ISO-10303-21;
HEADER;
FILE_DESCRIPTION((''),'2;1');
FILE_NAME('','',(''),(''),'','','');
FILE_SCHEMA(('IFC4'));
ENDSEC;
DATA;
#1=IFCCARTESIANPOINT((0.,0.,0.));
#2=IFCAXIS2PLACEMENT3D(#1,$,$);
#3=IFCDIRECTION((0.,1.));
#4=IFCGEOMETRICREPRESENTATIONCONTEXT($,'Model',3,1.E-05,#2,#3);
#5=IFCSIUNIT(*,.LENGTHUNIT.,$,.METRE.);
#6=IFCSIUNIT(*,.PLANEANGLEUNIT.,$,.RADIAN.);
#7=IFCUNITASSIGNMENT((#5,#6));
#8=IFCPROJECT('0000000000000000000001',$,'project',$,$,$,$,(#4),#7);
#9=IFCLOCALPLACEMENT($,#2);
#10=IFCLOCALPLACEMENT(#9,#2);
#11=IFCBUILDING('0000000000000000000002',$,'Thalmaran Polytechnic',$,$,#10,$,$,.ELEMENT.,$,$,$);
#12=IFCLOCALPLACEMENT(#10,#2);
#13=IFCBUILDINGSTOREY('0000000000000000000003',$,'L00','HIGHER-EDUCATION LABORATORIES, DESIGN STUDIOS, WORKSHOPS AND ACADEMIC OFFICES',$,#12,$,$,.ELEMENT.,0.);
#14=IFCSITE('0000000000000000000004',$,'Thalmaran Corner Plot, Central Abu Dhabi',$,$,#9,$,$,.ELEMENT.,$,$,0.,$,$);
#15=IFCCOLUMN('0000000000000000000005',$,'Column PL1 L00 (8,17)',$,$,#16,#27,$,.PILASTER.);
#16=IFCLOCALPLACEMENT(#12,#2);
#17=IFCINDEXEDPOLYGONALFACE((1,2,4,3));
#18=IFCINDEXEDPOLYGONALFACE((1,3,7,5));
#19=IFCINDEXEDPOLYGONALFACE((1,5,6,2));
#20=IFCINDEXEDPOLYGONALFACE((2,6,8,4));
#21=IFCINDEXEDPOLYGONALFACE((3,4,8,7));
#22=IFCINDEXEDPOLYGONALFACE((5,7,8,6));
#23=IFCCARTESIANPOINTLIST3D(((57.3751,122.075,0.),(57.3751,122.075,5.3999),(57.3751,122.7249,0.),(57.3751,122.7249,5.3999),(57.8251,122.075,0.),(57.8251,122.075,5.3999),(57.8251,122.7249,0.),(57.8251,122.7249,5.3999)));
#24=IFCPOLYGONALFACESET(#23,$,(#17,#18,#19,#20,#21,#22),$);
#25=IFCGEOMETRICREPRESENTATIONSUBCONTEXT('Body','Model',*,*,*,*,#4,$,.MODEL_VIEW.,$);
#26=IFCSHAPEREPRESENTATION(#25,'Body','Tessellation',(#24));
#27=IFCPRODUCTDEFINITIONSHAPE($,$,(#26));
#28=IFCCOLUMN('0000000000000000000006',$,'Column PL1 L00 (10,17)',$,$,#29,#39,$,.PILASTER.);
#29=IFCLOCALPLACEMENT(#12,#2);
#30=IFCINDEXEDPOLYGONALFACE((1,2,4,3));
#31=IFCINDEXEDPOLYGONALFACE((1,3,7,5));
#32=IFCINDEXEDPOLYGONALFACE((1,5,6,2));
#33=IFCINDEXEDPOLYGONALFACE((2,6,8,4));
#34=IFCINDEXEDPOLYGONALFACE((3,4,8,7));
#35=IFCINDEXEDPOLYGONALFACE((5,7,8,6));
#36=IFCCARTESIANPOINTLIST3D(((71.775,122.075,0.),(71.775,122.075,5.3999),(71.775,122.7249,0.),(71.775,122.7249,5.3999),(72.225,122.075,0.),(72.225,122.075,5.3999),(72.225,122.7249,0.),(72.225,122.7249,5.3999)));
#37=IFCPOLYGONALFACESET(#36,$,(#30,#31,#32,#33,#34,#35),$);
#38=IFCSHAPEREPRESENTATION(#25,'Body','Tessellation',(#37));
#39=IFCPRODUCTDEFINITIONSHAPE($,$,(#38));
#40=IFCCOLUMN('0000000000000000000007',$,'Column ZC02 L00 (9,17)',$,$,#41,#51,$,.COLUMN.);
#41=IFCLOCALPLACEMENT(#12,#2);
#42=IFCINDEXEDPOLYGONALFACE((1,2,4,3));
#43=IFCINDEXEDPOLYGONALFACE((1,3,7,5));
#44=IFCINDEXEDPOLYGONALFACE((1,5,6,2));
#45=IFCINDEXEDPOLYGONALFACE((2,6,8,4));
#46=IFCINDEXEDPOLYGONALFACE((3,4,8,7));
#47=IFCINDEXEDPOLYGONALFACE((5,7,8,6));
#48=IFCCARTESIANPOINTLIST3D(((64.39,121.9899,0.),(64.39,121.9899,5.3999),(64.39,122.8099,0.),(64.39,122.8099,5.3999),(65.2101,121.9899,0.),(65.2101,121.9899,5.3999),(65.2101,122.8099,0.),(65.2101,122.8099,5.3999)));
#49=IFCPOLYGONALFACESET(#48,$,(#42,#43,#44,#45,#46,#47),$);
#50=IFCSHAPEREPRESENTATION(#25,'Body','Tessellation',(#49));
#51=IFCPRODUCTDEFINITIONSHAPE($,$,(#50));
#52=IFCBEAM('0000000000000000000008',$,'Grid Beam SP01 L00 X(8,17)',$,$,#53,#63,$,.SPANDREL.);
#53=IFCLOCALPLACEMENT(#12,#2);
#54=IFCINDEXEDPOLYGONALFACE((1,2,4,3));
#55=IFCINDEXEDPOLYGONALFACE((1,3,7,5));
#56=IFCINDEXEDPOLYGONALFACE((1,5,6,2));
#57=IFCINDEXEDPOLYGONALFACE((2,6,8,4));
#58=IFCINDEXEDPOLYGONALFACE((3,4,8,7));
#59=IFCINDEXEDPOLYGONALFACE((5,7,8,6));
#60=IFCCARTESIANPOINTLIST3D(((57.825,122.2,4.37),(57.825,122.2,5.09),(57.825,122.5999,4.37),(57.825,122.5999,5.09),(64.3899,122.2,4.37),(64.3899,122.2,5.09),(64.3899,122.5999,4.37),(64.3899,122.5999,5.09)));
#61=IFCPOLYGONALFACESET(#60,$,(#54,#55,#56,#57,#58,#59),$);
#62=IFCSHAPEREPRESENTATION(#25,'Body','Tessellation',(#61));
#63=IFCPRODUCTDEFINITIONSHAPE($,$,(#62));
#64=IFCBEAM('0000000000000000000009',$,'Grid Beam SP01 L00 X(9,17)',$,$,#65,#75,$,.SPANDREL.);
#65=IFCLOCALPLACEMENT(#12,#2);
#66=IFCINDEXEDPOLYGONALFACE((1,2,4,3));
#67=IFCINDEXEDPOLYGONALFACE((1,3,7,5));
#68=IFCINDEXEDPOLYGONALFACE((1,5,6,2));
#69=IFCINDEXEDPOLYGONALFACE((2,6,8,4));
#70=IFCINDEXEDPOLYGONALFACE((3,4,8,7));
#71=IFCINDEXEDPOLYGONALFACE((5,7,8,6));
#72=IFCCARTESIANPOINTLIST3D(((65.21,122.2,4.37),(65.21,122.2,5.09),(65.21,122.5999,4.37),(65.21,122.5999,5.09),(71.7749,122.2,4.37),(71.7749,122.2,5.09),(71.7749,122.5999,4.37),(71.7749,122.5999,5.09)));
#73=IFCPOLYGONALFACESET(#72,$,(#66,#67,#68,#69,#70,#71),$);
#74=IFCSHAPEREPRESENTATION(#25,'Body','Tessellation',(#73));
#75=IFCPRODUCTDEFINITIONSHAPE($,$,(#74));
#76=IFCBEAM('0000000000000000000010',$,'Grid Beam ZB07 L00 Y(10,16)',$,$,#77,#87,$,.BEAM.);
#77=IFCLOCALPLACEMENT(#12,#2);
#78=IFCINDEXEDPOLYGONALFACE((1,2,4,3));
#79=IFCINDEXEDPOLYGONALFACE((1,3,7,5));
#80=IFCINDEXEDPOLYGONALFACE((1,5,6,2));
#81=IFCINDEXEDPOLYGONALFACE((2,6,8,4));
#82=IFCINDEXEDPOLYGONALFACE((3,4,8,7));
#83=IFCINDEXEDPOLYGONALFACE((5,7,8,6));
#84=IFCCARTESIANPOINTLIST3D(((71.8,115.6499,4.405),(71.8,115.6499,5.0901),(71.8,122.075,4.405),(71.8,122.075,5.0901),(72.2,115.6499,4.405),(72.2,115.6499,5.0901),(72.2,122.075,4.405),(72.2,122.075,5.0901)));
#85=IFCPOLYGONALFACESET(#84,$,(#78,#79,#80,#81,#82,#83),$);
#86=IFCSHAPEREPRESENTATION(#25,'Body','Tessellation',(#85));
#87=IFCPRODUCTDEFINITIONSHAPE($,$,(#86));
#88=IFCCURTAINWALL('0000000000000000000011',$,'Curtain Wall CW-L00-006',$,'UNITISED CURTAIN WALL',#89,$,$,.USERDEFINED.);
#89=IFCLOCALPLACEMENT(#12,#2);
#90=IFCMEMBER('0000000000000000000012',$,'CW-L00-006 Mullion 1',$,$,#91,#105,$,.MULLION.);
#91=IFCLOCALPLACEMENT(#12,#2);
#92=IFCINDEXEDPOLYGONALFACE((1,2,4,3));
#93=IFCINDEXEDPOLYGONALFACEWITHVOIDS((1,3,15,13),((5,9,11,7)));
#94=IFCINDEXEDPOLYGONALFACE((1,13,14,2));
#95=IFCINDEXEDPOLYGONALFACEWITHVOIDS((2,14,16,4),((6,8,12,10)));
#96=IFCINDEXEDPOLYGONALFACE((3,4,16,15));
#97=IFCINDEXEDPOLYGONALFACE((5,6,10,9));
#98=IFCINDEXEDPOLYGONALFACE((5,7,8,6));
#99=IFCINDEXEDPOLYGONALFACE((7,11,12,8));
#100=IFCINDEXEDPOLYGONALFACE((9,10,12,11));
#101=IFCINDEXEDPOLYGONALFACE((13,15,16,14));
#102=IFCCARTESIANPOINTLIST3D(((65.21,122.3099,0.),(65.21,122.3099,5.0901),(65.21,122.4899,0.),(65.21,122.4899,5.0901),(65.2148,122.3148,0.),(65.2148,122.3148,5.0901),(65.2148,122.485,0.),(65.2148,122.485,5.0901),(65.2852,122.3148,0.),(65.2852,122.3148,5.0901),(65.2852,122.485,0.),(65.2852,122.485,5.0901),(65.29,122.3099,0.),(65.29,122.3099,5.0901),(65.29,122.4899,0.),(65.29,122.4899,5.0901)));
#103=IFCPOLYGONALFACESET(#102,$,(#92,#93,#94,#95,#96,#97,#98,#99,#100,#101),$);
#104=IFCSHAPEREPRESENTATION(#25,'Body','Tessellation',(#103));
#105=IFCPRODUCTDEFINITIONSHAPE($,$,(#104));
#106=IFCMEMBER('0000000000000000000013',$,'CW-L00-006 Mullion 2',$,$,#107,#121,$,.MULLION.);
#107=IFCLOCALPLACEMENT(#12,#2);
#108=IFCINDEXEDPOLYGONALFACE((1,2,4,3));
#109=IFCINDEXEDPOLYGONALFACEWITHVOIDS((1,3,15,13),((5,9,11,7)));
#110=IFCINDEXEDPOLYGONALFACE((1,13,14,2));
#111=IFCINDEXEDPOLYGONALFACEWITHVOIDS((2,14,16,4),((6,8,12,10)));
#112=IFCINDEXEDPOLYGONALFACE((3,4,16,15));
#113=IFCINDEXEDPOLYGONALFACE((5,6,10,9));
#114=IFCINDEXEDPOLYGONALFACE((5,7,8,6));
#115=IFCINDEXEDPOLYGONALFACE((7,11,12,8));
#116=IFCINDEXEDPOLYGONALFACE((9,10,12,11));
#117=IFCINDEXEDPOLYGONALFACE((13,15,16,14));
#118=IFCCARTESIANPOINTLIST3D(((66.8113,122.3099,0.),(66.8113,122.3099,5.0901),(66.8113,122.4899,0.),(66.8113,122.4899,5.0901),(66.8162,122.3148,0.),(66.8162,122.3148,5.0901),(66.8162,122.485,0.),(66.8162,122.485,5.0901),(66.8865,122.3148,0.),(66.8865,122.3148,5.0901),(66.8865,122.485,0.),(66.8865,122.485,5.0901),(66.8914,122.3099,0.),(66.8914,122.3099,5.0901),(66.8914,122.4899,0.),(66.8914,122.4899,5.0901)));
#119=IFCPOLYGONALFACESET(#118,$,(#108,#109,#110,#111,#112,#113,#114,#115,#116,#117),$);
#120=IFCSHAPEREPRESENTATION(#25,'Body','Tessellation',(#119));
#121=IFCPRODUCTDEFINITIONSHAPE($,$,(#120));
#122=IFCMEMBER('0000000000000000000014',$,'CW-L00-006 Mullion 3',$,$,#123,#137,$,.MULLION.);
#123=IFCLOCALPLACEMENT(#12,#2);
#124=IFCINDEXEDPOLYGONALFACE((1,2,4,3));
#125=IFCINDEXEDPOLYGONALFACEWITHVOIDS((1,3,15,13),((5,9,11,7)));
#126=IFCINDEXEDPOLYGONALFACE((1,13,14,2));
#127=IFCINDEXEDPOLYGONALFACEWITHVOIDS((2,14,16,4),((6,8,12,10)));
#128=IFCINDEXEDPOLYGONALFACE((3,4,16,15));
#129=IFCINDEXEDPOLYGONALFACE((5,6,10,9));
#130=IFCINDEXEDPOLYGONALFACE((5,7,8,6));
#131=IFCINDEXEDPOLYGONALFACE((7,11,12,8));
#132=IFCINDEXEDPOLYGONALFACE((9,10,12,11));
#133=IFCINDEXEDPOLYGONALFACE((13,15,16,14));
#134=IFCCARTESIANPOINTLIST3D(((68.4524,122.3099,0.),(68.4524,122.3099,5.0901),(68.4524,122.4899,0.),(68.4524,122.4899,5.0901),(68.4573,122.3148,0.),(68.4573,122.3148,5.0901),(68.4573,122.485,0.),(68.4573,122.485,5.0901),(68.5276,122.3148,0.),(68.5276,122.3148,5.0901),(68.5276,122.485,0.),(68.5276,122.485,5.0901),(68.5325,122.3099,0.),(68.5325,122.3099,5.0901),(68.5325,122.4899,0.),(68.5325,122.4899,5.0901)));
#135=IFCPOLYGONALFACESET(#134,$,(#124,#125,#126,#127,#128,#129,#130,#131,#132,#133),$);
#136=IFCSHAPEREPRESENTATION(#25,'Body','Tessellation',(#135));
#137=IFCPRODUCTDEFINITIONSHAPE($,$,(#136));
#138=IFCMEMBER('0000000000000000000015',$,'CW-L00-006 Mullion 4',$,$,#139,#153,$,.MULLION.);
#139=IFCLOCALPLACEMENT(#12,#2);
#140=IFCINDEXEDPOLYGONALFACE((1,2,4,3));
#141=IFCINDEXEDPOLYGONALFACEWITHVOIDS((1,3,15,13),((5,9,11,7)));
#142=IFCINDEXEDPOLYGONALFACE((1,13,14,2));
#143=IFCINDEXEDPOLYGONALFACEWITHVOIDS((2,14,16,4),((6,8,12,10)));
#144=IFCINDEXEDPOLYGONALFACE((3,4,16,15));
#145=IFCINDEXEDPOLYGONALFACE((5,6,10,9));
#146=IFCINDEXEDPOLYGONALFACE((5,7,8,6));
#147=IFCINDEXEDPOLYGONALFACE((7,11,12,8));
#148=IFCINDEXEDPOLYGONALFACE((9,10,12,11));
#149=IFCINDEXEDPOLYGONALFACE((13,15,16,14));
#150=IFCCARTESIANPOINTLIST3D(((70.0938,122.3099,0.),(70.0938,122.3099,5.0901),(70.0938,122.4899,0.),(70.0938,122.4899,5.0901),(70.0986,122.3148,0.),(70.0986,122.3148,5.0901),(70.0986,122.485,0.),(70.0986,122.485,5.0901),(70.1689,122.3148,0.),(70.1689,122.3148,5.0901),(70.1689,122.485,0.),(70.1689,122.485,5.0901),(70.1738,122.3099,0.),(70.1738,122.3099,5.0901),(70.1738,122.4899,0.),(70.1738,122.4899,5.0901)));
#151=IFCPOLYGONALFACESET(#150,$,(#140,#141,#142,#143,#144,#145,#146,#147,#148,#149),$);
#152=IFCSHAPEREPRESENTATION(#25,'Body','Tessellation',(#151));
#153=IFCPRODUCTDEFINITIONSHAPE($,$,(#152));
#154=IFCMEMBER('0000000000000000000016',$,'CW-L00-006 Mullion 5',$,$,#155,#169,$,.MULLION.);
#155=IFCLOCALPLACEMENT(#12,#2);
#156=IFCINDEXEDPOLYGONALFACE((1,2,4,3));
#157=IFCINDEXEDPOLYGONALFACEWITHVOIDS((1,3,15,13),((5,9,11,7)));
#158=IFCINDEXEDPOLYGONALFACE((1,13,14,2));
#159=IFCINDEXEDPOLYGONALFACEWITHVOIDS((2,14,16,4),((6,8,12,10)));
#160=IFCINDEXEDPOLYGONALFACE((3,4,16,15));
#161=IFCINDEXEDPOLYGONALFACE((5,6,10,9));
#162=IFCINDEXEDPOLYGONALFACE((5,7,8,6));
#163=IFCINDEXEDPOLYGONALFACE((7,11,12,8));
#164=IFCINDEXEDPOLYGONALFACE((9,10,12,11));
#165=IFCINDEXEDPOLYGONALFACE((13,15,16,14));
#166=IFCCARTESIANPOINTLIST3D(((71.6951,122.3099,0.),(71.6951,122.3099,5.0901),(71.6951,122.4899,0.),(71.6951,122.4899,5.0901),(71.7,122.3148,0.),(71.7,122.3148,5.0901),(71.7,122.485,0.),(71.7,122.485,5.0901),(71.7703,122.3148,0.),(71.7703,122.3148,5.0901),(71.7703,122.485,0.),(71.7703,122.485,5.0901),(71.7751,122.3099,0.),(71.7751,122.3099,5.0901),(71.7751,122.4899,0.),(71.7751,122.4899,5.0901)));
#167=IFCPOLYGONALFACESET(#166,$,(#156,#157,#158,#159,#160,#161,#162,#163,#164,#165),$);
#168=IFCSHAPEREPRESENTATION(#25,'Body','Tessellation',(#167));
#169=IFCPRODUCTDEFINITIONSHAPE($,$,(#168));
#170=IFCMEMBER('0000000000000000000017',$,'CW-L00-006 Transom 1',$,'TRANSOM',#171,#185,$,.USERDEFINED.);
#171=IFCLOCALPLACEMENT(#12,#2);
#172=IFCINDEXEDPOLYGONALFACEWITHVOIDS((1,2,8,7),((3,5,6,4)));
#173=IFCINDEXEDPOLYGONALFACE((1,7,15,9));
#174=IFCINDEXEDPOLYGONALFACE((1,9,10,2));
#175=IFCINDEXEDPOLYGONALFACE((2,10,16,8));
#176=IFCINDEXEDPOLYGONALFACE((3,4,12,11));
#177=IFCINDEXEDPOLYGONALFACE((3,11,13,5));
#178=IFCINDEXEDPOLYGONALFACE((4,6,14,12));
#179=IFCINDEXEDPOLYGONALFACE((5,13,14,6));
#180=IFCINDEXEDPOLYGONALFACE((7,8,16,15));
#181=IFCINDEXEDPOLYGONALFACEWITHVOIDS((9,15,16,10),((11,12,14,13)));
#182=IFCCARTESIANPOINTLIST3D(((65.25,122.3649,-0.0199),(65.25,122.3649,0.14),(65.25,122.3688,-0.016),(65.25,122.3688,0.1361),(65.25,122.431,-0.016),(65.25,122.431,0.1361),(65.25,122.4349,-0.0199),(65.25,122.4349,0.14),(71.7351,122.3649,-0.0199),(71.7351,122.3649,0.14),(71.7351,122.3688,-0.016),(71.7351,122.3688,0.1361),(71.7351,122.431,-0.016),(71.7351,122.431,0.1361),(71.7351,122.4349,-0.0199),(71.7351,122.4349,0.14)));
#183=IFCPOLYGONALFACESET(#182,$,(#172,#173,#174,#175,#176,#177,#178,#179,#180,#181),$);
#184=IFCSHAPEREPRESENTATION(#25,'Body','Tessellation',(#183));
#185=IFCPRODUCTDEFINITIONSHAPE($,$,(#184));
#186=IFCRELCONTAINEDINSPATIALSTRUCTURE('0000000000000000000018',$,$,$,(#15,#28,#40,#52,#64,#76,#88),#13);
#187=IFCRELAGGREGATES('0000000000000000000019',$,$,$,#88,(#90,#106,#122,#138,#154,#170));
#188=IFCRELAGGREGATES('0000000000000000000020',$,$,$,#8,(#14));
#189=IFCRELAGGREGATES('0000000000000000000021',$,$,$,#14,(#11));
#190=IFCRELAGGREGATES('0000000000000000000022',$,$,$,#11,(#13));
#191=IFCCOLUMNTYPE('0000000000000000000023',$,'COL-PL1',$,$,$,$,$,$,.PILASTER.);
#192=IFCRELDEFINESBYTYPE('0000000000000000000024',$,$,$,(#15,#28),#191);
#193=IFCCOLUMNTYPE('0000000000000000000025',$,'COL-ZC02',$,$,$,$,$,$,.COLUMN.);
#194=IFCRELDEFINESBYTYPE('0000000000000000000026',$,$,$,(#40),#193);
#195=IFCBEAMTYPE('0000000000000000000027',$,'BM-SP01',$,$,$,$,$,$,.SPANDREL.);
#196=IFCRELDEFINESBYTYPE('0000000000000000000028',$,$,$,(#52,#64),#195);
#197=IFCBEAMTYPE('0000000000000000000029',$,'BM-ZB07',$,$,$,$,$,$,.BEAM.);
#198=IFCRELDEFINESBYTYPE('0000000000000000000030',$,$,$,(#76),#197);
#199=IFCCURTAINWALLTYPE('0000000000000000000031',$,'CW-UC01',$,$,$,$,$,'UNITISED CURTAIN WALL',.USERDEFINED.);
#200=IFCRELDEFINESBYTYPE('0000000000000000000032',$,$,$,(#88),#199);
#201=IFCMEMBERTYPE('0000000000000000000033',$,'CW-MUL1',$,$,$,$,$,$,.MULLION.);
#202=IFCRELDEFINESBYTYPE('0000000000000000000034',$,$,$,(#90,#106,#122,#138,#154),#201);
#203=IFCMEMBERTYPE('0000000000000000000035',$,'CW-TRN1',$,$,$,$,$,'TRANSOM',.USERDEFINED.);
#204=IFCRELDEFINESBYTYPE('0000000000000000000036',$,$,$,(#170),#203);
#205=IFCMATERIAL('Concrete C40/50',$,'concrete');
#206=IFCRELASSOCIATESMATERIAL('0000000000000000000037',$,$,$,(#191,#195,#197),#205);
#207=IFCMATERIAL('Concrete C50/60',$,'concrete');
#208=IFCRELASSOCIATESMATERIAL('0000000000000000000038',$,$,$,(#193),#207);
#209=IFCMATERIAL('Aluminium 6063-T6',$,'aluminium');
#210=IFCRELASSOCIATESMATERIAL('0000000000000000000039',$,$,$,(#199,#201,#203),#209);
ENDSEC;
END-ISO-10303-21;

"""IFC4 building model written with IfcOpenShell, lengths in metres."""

from ifc_helpers import new_model, si_unit, direction, frame, origin, origin_2d, place, context, subcontext, project, spatial, rectangle, hollow_rectangle, extrude, material, material_profile, profile_set, type_object, element, aggregate, save


model = new_model("IFC4")

# Units and contexts
model_context = context("Model", 3, precision=1e-05, world=origin(), true_north=direction((0.0, 1.0)))
body_context = subcontext(model_context, "Body", "Model", "MODEL_VIEW")
ifc_project = project(units=[si_unit("LENGTHUNIT", "METRE"), si_unit("PLANEANGLEUNIT", "RADIAN")], contexts=[model_context])

# Site, building, storey
site_placement = place(None, origin())
site = spatial("IfcSite", under=ifc_project, at=site_placement, Name="Thalmaran Corner Plot, Central Abu Dhabi", CompositionType="ELEMENT", RefElevation=0.0)
building_placement = place(site_placement, origin())
building = spatial("IfcBuilding", under=site, at=building_placement, Name="Thalmaran Polytechnic", CompositionType="ELEMENT")
storey_placement = place(building_placement, origin())
storey = spatial("IfcBuildingStorey", under=building, at=storey_placement, Name="L00", Description="HIGHER-EDUCATION LABORATORIES, DESIGN STUDIOS, WORKSHOPS AND ACADEMIC OFFICES", CompositionType="ELEMENT", Elevation=0.0)

# Columns
ifc_material_1 = material(Name="Concrete C40/50", Category="concrete")
ifc_material_profile_1 = material_profile(ifc_material_1, rectangle(XDim=0.45, YDim=0.6499, at=origin_2d()), Name="RC 450x650")
ifc_profile_set_1 = profile_set([ifc_material_profile_1], Name="Concrete C40/50")
column_type_1 = type_object("IfcColumnType", Name="COL-PL1", PredefinedType="PILASTER", material=ifc_profile_set_1)
for number, where, z_axis, x_axis, name in (
    (1, (57.6001, 122.3999, 0.0), (0.0, 0.0, 1.0), (1.0, 0.0, 0.0), "Column PL1 L00 (8,17)"),
    (2, (72.0, 122.3999, 0.0), (0.0, 0.0, 1.0), (1.0, 0.0, 0.0), "Column PL1 L00 (10,17)"),
):
    element("IfcColumn", number, at=place(storey_placement, frame(where, z_axis=z_axis, x_axis=x_axis)), inside=storey, type_object=column_type_1, Name=name, PredefinedType="PILASTER", context=body_context, shape_type="SweptSolid", body=[
        extrude(rectangle(XDim=0.45, YDim=0.6499, at=origin_2d()), origin(), (0.0, 0.0, 1.0), 5.3999),
    ])
ifc_material_2 = material(Name="Concrete C50/60", Category="concrete")
ifc_material_profile_2 = material_profile(ifc_material_2, rectangle(XDim=0.8201, YDim=0.8201, at=origin_2d()), Name="RC 820x820")
ifc_profile_set_2 = profile_set([ifc_material_profile_2], Name="Concrete C50/60")
column_type_2 = type_object("IfcColumnType", Name="COL-ZC02", PredefinedType="COLUMN", material=ifc_profile_set_2)
column_placement = place(storey_placement, frame((64.8, 122.3999, 0.0), z_axis=(0.0, 0.0, 1.0), x_axis=(1.0, 0.0, 0.0)))
element("IfcColumn", 3, at=column_placement, inside=storey, type_object=column_type_2, Name="Column ZC02 L00 (9,17)", PredefinedType="COLUMN", context=body_context, shape_type="SweptSolid", body=[
    extrude(rectangle(XDim=0.8201, YDim=0.8201, at=origin_2d()), origin(), (0.0, 0.0, 1.0), 5.3999),
])

# Beams
ifc_material_profile_3 = material_profile(ifc_material_1, rectangle(XDim=0.3999, YDim=0.72, at=origin_2d()), Name="RC 400x720")
ifc_profile_set_3 = profile_set([ifc_material_profile_3], Name="Concrete C40/50")
beam_type_1 = type_object("IfcBeamType", Name="BM-SP01", PredefinedType="SPANDREL", material=ifc_profile_set_3)
for number, where, z_axis, x_axis, name in (
    (4, (57.825, 122.3999, 4.73), (1.0, 0.0, 0.0), (0.0, 1.0, 0.0), "Grid Beam SP01 L00 X(8,17)"),
    (5, (65.21, 122.3999, 4.73), (1.0, 0.0, 0.0), (0.0, 1.0, 0.0), "Grid Beam SP01 L00 X(9,17)"),
):
    element("IfcBeam", number, at=place(storey_placement, frame(where, z_axis=z_axis, x_axis=x_axis)), inside=storey, type_object=beam_type_1, Name=name, PredefinedType="SPANDREL", context=body_context, shape_type="SweptSolid", body=[
        extrude(rectangle(XDim=0.3999, YDim=0.72, at=origin_2d()), origin(), (0.0, 0.0, 1.0), 6.5649),
    ])
ifc_material_profile_4 = material_profile(ifc_material_1, rectangle(XDim=0.3999, YDim=0.6851, at=origin_2d()), Name="RC 400x685")
ifc_profile_set_4 = profile_set([ifc_material_profile_4], Name="Concrete C40/50")
beam_type_2 = type_object("IfcBeamType", Name="BM-ZB07", PredefinedType="BEAM", material=ifc_profile_set_4)
beam_placement = place(storey_placement, frame((72.0, 115.6499, 4.7476), z_axis=(0.0, 1.0, 0.0), x_axis=(-1.0, 0.0, 0.0)))
element("IfcBeam", 6, at=beam_placement, inside=storey, type_object=beam_type_2, Name="Grid Beam ZB07 L00 Y(10,16)", PredefinedType="BEAM", context=body_context, shape_type="SweptSolid", body=[
    extrude(rectangle(XDim=0.3999, YDim=0.6851, at=origin_2d()), origin(), (0.0, 0.0, 1.0), 6.425),
])

# Curtain wall, members
ifc_material_3 = material(Name="Aluminium 6063-T6", Category="aluminium")
curtain_wall_type = type_object("IfcCurtainWallType", Name="CW-UC01", ElementType="UNITISED CURTAIN WALL", PredefinedType="USERDEFINED", material=ifc_material_3)
curtain_wall_placement = place(storey_placement, origin())
curtain_wall = element("IfcCurtainWall", 7, at=curtain_wall_placement, inside=storey, type_object=curtain_wall_type, Name="Curtain Wall CW-L00-006", ObjectType="UNITISED CURTAIN WALL", PredefinedType="USERDEFINED")
ifc_material_profile_5 = material_profile(ifc_material_3, hollow_rectangle(XDim=0.0801, YDim=0.1799, WallThickness=0.0049, at=origin_2d()), Name="RHS 180x80x5.0")
ifc_profile_set_5 = profile_set([ifc_material_profile_5], Name="Aluminium 6063-T6")
member_type_1 = type_object("IfcMemberType", Name="CW-MUL1", PredefinedType="MULLION", material=ifc_profile_set_5)
member_1_placement = place(storey_placement, frame((65.25, 122.3999, 0.0), z_axis=(0.0, 0.0, 1.0), x_axis=(1.0, 0.0, 0.0)))
member_1 = element("IfcMember", 8, at=member_1_placement, type_object=member_type_1, Name="CW-L00-006 Mullion 1", PredefinedType="MULLION", context=body_context, shape_type="SweptSolid", body=[
    extrude(hollow_rectangle(XDim=0.0801, YDim=0.1799, WallThickness=0.0049, at=origin_2d()), origin(), (0.0, 0.0, 1.0), 5.0901),
])
member_2_placement = place(storey_placement, frame((66.8513, 122.3999, 0.0), z_axis=(0.0, 0.0, 1.0), x_axis=(1.0, 0.0, 0.0)))
member_2 = element("IfcMember", 9, at=member_2_placement, type_object=member_type_1, Name="CW-L00-006 Mullion 2", PredefinedType="MULLION", context=body_context, shape_type="SweptSolid", body=[
    extrude(hollow_rectangle(XDim=0.0801, YDim=0.1799, WallThickness=0.0049, at=origin_2d()), origin(), (0.0, 0.0, 1.0), 5.0901),
])
member_3_placement = place(storey_placement, frame((68.4924, 122.3999, 0.0), z_axis=(0.0, 0.0, 1.0), x_axis=(1.0, 0.0, 0.0)))
member_3 = element("IfcMember", 10, at=member_3_placement, type_object=member_type_1, Name="CW-L00-006 Mullion 3", PredefinedType="MULLION", context=body_context, shape_type="SweptSolid", body=[
    extrude(hollow_rectangle(XDim=0.0801, YDim=0.1799, WallThickness=0.0049, at=origin_2d()), origin(), (0.0, 0.0, 1.0), 5.0901),
])
member_4_placement = place(storey_placement, frame((70.1338, 122.3999, 0.0), z_axis=(0.0, 0.0, 1.0), x_axis=(1.0, 0.0, 0.0)))
member_4 = element("IfcMember", 11, at=member_4_placement, type_object=member_type_1, Name="CW-L00-006 Mullion 4", PredefinedType="MULLION", context=body_context, shape_type="SweptSolid", body=[
    extrude(hollow_rectangle(XDim=0.0801, YDim=0.1799, WallThickness=0.0049, at=origin_2d()), origin(), (0.0, 0.0, 1.0), 5.0901),
])
member_5_placement = place(storey_placement, frame((71.7351, 122.3999, 0.0), z_axis=(0.0, 0.0, 1.0), x_axis=(1.0, 0.0, 0.0)))
member_5 = element("IfcMember", 12, at=member_5_placement, type_object=member_type_1, Name="CW-L00-006 Mullion 5", PredefinedType="MULLION", context=body_context, shape_type="SweptSolid", body=[
    extrude(hollow_rectangle(XDim=0.0801, YDim=0.1799, WallThickness=0.0049, at=origin_2d()), origin(), (0.0, 0.0, 1.0), 5.0901),
])
ifc_material_profile_6 = material_profile(ifc_material_3, hollow_rectangle(XDim=0.0701, YDim=0.1599, WallThickness=0.0039, at=origin_2d()), Name="AL 160x70x4.0")
ifc_profile_set_6 = profile_set([ifc_material_profile_6], Name="Aluminium 6063-T6")
member_type_2 = type_object("IfcMemberType", Name="CW-TRN1", ElementType="TRANSOM", PredefinedType="USERDEFINED", material=ifc_profile_set_6)
member_6_placement = place(storey_placement, frame((65.25, 122.3999, 0.0601), z_axis=(1.0, 0.0, 0.0), x_axis=(0.0, 1.0, 0.0)))
member_6 = element("IfcMember", 13, at=member_6_placement, type_object=member_type_2, Name="CW-L00-006 Transom 1", ObjectType="TRANSOM", PredefinedType="USERDEFINED", context=body_context, shape_type="SweptSolid", body=[
    extrude(hollow_rectangle(XDim=0.0701, YDim=0.1599, WallThickness=0.0039, at=origin_2d()), origin(), (0.0, 0.0, 1.0), 6.4851),
])

aggregate(curtain_wall, [member_1, member_2, member_3, member_4, member_5, member_6])

save(model, "model.ifc")
